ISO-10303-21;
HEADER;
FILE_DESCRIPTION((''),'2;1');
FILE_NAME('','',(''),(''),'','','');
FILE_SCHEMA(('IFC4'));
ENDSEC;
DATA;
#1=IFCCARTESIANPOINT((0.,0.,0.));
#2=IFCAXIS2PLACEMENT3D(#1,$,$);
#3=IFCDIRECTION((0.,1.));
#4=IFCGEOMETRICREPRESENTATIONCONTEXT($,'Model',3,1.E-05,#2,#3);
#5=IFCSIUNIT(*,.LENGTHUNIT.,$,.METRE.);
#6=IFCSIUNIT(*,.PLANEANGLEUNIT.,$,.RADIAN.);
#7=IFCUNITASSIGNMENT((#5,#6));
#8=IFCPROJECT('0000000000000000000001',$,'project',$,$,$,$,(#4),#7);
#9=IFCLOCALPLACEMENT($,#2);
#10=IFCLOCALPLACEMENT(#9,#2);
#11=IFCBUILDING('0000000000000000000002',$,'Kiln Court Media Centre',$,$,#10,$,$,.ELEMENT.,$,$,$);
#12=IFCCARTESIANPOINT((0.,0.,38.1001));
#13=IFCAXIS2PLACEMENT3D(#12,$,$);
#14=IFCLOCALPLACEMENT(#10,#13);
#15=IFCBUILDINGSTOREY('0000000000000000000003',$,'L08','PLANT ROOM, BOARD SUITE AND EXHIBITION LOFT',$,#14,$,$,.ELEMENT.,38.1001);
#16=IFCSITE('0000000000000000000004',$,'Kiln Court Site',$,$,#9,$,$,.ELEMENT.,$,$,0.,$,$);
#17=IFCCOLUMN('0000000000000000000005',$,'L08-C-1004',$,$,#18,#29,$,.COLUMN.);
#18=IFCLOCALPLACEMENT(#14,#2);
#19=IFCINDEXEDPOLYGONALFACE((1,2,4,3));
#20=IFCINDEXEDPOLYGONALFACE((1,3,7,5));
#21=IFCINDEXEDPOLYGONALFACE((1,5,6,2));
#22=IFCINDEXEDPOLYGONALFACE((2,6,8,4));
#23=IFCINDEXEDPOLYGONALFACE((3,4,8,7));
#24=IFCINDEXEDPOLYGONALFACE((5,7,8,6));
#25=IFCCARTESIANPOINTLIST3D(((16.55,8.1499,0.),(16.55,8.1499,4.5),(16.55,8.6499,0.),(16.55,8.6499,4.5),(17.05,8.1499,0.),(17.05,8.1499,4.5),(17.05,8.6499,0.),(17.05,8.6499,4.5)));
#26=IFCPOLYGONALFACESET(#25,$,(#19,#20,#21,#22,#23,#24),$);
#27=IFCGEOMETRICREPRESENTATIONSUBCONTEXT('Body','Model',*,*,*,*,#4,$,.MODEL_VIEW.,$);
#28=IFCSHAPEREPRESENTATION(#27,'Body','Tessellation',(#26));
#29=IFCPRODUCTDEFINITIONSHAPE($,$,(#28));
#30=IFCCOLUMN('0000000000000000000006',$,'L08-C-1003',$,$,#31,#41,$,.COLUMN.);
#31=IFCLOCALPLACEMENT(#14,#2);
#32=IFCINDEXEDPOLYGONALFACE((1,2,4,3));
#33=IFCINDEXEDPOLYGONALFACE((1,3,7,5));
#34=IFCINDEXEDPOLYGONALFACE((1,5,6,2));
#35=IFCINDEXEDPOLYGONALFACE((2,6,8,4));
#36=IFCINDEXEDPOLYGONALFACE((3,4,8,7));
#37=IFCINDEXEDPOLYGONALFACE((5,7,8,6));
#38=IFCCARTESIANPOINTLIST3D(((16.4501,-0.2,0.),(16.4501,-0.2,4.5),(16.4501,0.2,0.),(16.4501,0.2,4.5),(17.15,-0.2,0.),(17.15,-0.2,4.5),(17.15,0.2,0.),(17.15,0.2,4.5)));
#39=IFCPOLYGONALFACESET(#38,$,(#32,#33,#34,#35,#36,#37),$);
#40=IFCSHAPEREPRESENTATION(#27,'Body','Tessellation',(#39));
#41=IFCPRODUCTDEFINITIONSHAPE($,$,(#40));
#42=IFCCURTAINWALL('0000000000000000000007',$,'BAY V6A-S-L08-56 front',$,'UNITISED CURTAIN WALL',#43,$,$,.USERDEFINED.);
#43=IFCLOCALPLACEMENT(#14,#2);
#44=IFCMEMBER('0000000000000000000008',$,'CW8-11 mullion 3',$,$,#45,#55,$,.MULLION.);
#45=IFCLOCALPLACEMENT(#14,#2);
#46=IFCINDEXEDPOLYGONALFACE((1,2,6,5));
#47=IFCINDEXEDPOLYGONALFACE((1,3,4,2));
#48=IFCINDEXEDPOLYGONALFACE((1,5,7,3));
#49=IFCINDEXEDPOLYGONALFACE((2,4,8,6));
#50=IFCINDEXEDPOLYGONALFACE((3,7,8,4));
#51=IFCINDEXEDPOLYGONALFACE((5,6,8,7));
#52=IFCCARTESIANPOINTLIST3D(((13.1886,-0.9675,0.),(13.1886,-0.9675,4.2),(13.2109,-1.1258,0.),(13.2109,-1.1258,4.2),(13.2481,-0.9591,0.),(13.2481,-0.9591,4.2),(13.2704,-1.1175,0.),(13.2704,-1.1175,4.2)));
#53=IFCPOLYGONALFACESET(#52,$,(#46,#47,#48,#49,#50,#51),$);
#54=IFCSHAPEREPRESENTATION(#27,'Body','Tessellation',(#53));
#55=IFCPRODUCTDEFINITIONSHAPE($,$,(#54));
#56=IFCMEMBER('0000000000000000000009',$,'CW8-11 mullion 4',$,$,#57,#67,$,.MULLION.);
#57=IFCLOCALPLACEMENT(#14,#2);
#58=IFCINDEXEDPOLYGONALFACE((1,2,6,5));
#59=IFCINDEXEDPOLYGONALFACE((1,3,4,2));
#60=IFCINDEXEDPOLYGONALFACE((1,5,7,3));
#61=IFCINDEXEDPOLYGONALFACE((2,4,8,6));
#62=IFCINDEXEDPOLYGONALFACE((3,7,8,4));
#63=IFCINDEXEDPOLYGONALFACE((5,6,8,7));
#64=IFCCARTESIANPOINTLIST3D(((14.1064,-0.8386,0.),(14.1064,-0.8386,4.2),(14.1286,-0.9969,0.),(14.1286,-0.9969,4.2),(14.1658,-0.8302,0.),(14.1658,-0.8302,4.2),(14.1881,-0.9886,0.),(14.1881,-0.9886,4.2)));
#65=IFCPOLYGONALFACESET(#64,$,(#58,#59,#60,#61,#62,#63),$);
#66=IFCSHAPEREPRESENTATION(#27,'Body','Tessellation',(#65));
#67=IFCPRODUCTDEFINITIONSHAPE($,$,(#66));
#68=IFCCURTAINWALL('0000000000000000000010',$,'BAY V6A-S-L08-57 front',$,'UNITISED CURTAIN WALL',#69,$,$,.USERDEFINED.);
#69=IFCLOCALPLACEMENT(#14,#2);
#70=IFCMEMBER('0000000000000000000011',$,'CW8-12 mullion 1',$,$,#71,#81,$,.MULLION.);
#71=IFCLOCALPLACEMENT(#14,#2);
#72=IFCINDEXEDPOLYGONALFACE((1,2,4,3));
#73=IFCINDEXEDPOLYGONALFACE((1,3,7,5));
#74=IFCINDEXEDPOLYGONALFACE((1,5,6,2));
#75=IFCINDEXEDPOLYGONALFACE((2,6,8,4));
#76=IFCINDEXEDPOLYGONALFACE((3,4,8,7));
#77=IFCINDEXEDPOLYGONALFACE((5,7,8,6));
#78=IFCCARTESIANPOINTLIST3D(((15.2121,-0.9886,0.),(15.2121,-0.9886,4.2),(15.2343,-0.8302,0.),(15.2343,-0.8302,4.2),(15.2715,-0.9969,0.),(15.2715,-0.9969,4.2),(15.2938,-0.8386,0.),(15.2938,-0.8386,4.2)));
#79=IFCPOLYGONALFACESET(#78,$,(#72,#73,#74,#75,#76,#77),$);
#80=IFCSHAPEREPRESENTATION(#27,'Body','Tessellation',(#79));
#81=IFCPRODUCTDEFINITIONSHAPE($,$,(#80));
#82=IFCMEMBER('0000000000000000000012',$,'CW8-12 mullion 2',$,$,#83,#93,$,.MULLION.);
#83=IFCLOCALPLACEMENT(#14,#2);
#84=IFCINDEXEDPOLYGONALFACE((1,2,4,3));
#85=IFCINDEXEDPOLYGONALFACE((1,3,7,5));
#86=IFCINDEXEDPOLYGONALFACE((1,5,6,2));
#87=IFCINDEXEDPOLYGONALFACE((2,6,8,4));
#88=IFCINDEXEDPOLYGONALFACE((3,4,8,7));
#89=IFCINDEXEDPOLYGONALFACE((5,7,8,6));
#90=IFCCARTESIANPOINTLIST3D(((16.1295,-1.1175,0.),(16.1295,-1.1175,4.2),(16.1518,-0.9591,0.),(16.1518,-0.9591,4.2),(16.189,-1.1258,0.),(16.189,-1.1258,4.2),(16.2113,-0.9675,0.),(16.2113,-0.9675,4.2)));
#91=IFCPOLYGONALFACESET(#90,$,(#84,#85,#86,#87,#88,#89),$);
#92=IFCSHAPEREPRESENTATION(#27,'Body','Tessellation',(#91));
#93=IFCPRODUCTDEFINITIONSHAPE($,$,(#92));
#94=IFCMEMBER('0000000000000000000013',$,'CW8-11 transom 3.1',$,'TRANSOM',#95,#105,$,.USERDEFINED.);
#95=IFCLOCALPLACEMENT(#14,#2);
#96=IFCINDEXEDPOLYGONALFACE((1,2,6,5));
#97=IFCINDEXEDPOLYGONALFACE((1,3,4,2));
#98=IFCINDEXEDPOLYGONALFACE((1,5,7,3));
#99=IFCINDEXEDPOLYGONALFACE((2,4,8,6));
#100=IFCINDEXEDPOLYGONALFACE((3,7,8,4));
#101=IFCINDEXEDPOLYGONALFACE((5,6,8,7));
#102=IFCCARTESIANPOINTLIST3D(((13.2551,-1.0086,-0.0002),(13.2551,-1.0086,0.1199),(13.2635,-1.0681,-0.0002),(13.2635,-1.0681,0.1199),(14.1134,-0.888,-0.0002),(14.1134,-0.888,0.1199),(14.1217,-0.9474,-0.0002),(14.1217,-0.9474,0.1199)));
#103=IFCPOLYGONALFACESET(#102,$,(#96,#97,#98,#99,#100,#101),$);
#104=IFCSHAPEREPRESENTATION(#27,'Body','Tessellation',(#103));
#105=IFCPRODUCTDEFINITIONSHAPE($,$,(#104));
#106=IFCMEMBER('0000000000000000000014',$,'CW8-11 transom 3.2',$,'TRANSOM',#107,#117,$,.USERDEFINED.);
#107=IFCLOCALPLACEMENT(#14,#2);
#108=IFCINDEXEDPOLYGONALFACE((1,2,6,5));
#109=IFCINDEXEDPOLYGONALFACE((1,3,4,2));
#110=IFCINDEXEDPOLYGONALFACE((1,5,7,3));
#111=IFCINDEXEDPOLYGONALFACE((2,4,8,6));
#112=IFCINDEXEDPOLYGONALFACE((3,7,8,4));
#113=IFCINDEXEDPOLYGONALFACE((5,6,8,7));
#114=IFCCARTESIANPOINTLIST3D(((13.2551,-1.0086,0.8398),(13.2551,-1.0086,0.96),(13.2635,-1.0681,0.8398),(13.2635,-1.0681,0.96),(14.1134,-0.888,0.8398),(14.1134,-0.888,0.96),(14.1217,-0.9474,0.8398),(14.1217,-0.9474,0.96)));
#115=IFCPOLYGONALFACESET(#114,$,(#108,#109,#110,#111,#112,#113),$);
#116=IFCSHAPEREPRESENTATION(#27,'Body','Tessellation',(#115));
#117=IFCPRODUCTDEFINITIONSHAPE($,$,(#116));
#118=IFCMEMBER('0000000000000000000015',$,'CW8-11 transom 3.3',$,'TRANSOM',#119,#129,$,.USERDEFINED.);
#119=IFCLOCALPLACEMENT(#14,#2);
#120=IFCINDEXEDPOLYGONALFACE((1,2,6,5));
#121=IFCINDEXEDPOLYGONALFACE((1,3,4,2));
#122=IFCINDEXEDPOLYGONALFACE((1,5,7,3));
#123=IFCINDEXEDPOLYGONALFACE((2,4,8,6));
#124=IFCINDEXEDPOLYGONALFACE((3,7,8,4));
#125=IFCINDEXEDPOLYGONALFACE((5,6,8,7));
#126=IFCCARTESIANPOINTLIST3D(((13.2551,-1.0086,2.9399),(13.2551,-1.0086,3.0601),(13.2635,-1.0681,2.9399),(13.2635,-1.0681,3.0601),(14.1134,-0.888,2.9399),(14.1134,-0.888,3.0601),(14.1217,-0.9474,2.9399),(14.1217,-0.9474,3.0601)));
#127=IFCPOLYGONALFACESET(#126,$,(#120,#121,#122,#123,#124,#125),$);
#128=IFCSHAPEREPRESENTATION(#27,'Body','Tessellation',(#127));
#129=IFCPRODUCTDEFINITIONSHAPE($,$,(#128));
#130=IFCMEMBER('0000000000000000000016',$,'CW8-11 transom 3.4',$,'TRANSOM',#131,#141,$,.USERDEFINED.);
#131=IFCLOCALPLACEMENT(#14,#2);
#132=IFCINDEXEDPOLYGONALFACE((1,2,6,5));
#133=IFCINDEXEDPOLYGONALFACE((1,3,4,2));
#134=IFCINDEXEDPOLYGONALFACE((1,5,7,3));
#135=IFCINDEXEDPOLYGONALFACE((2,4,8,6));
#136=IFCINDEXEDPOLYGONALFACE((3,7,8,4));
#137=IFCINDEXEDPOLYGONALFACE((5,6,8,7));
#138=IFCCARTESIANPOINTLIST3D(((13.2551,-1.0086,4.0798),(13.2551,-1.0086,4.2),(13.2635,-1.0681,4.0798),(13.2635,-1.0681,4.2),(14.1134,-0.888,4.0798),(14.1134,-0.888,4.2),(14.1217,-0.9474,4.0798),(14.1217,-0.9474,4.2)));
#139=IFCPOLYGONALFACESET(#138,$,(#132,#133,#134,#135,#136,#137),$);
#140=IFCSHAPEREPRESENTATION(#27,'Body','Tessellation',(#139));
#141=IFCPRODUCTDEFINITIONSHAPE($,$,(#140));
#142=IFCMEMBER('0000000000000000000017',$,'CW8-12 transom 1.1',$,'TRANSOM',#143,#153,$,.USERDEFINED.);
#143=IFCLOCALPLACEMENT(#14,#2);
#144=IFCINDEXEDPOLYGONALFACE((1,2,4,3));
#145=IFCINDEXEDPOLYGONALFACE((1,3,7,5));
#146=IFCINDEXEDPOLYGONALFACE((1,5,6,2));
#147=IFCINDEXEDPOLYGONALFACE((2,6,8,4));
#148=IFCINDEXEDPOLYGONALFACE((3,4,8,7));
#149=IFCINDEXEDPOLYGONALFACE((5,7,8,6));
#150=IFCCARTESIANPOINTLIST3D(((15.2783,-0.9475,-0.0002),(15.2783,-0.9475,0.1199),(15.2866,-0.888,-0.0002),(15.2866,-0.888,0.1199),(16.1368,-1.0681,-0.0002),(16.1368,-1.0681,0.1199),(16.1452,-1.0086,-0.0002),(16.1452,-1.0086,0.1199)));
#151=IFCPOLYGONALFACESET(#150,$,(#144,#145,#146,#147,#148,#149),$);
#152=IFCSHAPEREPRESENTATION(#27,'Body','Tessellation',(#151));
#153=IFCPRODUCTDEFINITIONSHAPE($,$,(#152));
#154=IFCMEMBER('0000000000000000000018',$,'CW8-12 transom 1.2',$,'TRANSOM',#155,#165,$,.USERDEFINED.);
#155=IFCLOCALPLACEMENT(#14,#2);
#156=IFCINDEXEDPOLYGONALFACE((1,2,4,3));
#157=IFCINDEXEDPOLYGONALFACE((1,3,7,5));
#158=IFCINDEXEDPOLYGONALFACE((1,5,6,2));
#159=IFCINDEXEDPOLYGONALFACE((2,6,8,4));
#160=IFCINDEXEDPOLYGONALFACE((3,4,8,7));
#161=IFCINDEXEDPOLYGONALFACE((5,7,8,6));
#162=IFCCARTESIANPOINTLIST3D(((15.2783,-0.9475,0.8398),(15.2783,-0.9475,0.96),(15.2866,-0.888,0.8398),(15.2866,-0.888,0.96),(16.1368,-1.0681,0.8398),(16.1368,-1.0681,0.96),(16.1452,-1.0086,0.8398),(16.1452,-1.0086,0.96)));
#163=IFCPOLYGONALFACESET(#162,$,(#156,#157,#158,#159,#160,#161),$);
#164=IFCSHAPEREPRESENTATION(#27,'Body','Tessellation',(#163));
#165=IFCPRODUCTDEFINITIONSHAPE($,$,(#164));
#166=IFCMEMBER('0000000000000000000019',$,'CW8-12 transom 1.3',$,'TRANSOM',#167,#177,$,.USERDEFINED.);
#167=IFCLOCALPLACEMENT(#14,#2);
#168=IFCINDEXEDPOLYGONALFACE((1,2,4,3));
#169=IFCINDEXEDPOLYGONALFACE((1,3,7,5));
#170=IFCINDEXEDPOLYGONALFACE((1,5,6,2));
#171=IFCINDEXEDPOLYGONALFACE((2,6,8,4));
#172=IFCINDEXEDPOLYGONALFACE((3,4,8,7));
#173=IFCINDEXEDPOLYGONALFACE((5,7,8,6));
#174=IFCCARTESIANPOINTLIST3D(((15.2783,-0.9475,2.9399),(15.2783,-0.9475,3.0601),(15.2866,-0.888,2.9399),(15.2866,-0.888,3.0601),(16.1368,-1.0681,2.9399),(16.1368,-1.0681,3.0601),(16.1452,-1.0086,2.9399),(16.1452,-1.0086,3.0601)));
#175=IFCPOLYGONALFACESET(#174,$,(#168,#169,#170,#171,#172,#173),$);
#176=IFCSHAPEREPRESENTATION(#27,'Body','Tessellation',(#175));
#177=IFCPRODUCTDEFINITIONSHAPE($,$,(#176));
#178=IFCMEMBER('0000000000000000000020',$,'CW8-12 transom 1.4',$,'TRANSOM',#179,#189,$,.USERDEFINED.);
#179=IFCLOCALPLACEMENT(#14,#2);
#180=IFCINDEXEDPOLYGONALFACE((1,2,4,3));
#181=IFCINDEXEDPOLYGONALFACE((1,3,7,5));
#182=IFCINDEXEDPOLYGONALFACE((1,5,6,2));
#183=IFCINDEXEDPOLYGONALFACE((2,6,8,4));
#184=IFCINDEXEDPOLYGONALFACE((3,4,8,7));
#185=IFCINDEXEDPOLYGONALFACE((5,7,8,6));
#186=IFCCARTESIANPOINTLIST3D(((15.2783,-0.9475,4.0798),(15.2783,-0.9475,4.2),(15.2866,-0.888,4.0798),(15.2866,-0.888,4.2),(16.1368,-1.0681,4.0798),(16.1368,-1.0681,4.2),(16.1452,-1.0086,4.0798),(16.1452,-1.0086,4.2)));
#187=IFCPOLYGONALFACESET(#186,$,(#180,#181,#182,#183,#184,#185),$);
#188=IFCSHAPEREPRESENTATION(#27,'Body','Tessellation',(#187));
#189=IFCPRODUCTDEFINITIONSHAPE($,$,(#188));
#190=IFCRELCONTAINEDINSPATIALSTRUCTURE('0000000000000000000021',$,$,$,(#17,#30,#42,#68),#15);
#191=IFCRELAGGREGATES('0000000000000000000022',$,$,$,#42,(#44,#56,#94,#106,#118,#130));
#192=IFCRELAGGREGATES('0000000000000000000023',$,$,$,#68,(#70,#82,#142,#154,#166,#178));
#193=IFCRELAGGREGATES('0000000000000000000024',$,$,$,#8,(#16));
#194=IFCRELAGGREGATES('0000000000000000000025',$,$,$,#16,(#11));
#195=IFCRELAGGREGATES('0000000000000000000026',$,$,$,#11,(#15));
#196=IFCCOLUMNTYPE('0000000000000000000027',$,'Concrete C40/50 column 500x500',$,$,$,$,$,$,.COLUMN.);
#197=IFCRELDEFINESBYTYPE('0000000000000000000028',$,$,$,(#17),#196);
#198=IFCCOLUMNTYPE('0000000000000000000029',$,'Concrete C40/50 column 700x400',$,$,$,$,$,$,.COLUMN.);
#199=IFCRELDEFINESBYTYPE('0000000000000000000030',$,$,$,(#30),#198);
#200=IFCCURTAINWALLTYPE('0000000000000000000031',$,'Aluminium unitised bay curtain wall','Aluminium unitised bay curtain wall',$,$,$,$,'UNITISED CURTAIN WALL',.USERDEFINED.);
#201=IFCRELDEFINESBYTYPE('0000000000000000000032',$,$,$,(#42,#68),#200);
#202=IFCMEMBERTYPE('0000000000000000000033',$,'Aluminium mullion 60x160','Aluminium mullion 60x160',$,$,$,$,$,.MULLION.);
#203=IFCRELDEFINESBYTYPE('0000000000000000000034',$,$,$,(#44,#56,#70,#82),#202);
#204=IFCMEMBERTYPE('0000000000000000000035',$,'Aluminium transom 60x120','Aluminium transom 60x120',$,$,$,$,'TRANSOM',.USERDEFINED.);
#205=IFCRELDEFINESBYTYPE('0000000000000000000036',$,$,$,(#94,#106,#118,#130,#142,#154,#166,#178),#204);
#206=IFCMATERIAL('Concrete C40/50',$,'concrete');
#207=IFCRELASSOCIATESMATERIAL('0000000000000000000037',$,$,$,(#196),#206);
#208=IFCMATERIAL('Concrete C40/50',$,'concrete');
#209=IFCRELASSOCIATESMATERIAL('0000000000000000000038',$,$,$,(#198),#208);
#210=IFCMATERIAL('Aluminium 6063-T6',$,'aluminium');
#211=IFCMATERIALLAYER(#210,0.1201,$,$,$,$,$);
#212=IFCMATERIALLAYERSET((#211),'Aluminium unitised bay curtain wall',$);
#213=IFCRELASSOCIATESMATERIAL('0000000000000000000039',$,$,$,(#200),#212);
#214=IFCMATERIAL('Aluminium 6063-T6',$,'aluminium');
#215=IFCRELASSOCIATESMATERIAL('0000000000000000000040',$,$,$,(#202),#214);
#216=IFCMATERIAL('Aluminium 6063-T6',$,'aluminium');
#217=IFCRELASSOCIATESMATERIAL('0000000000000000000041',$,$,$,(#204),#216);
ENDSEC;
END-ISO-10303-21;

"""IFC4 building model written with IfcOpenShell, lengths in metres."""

from ifc_helpers import new_model, si_unit, direction, frame, origin, origin_2d, place, context, subcontext, project, spatial, rectangle, extrude, material, layer, layer_set, material_profile, profile_set, type_object, element, aggregate, save


model = new_model("IFC4")

# Units and contexts
model_context = context("Model", 3, precision=1e-05, world=origin(), true_north=direction((0.0, 1.0)))
body_context = subcontext(model_context, "Body", "Model", "MODEL_VIEW")
ifc_project = project(units=[si_unit("LENGTHUNIT", "METRE"), si_unit("PLANEANGLEUNIT", "RADIAN")], contexts=[model_context])

# Site, building, storey
site_placement = place(None, origin())
site = spatial("IfcSite", under=ifc_project, at=site_placement, Name="Kiln Court Site", CompositionType="ELEMENT", RefElevation=0.0)
building_placement = place(site_placement, origin())
building = spatial("IfcBuilding", under=site, at=building_placement, Name="Kiln Court Media Centre", CompositionType="ELEMENT")
storey_placement = place(building_placement, frame((0.0, 0.0, 38.1001)))
storey = spatial("IfcBuildingStorey", under=building, at=storey_placement, Name="L08", Description="PLANT ROOM, BOARD SUITE AND EXHIBITION LOFT", CompositionType="ELEMENT", Elevation=38.1001)

# Columns
ifc_material_1 = material(Name="Concrete C40/50", Category="concrete")
ifc_material_profile_1 = material_profile(ifc_material_1, rectangle(XDim=0.5, YDim=0.5, at=origin_2d()), Name="RC 500x500")
ifc_profile_set_1 = profile_set([ifc_material_profile_1], Name="Concrete C40/50")
column_type_1 = type_object("IfcColumnType", Name="Concrete C40/50 column 500x500", PredefinedType="COLUMN", material=ifc_profile_set_1)
column_1_placement = place(storey_placement, frame((16.8, 8.3999, 0.0), z_axis=(0.0, 0.0, 1.0), x_axis=(1.0, 0.0, 0.0)))
element("IfcColumn", 1, at=column_1_placement, inside=storey, type_object=column_type_1, Name="L08-C-1004", PredefinedType="COLUMN", context=body_context, shape_type="SweptSolid", body=[
    extrude(rectangle(XDim=0.5, YDim=0.5, at=origin_2d()), origin(), (0.0, 0.0, 1.0), 4.5),
])
ifc_material_2 = material(Name="Concrete C40/50", Category="concrete")
ifc_material_profile_2 = material_profile(ifc_material_2, rectangle(XDim=0.7, YDim=0.3999, at=origin_2d()), Name="RC 700x400")
ifc_profile_set_2 = profile_set([ifc_material_profile_2], Name="Concrete C40/50")
column_type_2 = type_object("IfcColumnType", Name="Concrete C40/50 column 700x400", PredefinedType="COLUMN", material=ifc_profile_set_2)
column_2_placement = place(storey_placement, frame((16.8, 0.0, 0.0), z_axis=(0.0, 0.0, 1.0), x_axis=(1.0, 0.0, 0.0)))
element("IfcColumn", 2, at=column_2_placement, inside=storey, type_object=column_type_2, Name="L08-C-1003", PredefinedType="COLUMN", context=body_context, shape_type="SweptSolid", body=[
    extrude(rectangle(XDim=0.7, YDim=0.3999, at=origin_2d()), origin(), (0.0, 0.0, 1.0), 4.5),
])

# Curtain walls, members
ifc_material_3 = material(Name="Aluminium 6063-T6", Category="aluminium")
ifc_layer_1 = layer(ifc_material_3, 0.1201)
ifc_layer_set_1 = layer_set([ifc_layer_1], Name="Aluminium unitised bay curtain wall")
curtain_wall_type = type_object("IfcCurtainWallType", Name="Aluminium unitised bay curtain wall", Description="Aluminium unitised bay curtain wall", ElementType="UNITISED CURTAIN WALL", PredefinedType="USERDEFINED", material=ifc_layer_set_1)
curtain_wall_1_placement = place(storey_placement, origin())
curtain_wall_1 = element("IfcCurtainWall", 3, at=curtain_wall_1_placement, inside=storey, type_object=curtain_wall_type, Name="BAY V6A-S-L08-56 front", ObjectType="UNITISED CURTAIN WALL", PredefinedType="USERDEFINED")
ifc_material_4 = material(Name="Aluminium 6063-T6", Category="aluminium")
ifc_material_profile_3 = material_profile(ifc_material_4, rectangle(XDim=0.0601, YDim=0.1599, at=origin_2d()), Name="Aluminium mullion 60x160")
ifc_profile_set_3 = profile_set([ifc_material_profile_3], Name="Aluminium 6063-T6")
member_type_1 = type_object("IfcMemberType", Name="Aluminium mullion 60x160", Description="Aluminium mullion 60x160", PredefinedType="MULLION", material=ifc_profile_set_3)
member_1_placement = place(storey_placement, frame((13.2295, -1.0425, 0.0), z_axis=(0.0, 0.0, 1.0), x_axis=(0.99027, 0.139162, 0.0)))
member_1 = element("IfcMember", 4, at=member_1_placement, type_object=member_type_1, Name="CW8-11 mullion 3", PredefinedType="MULLION", context=body_context, shape_type="SweptSolid", body=[
    extrude(rectangle(XDim=0.0601, YDim=0.1599, at=origin_2d()), origin(), (0.0, 0.0, 1.0), 4.2),
])
member_2_placement = place(storey_placement, frame((14.1472, -0.9136, 0.0), z_axis=(0.0, 0.0, 1.0), x_axis=(0.99027, 0.139162, 0.0)))
member_2 = element("IfcMember", 5, at=member_2_placement, type_object=member_type_1, Name="CW8-11 mullion 4", PredefinedType="MULLION", context=body_context, shape_type="SweptSolid", body=[
    extrude(rectangle(XDim=0.0601, YDim=0.1599, at=origin_2d()), origin(), (0.0, 0.0, 1.0), 4.2),
])
curtain_wall_2_placement = place(storey_placement, origin())
curtain_wall_2 = element("IfcCurtainWall", 6, at=curtain_wall_2_placement, inside=storey, type_object=curtain_wall_type, Name="BAY V6A-S-L08-57 front", ObjectType="UNITISED CURTAIN WALL", PredefinedType="USERDEFINED")
member_3_placement = place(storey_placement, frame((15.2529, -0.9136, 0.0), z_axis=(0.0, 0.0, 1.0), x_axis=(0.99027, -0.139162, 0.0)))
member_3 = element("IfcMember", 7, at=member_3_placement, type_object=member_type_1, Name="CW8-12 mullion 1", PredefinedType="MULLION", context=body_context, shape_type="SweptSolid", body=[
    extrude(rectangle(XDim=0.0601, YDim=0.1599, at=origin_2d()), origin(), (0.0, 0.0, 1.0), 4.2),
])
member_4_placement = place(storey_placement, frame((16.1704, -1.0425, 0.0), z_axis=(0.0, 0.0, 1.0), x_axis=(0.99027, -0.139162, 0.0)))
member_4 = element("IfcMember", 8, at=member_4_placement, type_object=member_type_1, Name="CW8-12 mullion 2", PredefinedType="MULLION", context=body_context, shape_type="SweptSolid", body=[
    extrude(rectangle(XDim=0.0601, YDim=0.1599, at=origin_2d()), origin(), (0.0, 0.0, 1.0), 4.2),
])

# Members
ifc_material_5 = material(Name="Aluminium 6063-T6", Category="aluminium")
ifc_material_profile_4 = material_profile(ifc_material_5, rectangle(XDim=0.0601, YDim=0.1201, at=origin_2d()), Name="Aluminium transom 60x120")
ifc_profile_set_4 = profile_set([ifc_material_profile_4], Name="Aluminium 6063-T6")
member_type_2 = type_object("IfcMemberType", Name="Aluminium transom 60x120", Description="Aluminium transom 60x120", ElementType="TRANSOM", PredefinedType="USERDEFINED", material=ifc_profile_set_4)
member_5_placement = place(storey_placement, frame((13.2593, -1.0383, 0.0598), z_axis=(0.990268, 0.139173, 0.0), x_axis=(-0.139173, 0.990268, 0.0)))
member_5 = element("IfcMember", 9, at=member_5_placement, type_object=member_type_2, Name="CW8-11 transom 3.1", ObjectType="TRANSOM", PredefinedType="USERDEFINED", context=body_context, shape_type="SweptSolid", body=[
    extrude(rectangle(XDim=0.0601, YDim=0.1201, at=origin_2d()), origin(), (0.0, 0.0, 1.0), 0.8667),
])
member_6_placement = place(storey_placement, frame((13.2593, -1.0383, 0.8999), z_axis=(0.990268, 0.139173, 0.0), x_axis=(-0.139173, 0.990268, 0.0)))
member_6 = element("IfcMember", 10, at=member_6_placement, type_object=member_type_2, Name="CW8-11 transom 3.2", ObjectType="TRANSOM", PredefinedType="USERDEFINED", context=body_context, shape_type="SweptSolid", body=[
    extrude(rectangle(XDim=0.0601, YDim=0.1201, at=origin_2d()), origin(), (0.0, 0.0, 1.0), 0.8667),
])
member_7_placement = place(storey_placement, frame((13.2593, -1.0383, 3.0), z_axis=(0.990268, 0.139173, 0.0), x_axis=(-0.139173, 0.990268, 0.0)))
member_7 = element("IfcMember", 11, at=member_7_placement, type_object=member_type_2, Name="CW8-11 transom 3.3", ObjectType="TRANSOM", PredefinedType="USERDEFINED", context=body_context, shape_type="SweptSolid", body=[
    extrude(rectangle(XDim=0.0601, YDim=0.1201, at=origin_2d()), origin(), (0.0, 0.0, 1.0), 0.8667),
])
member_8_placement = place(storey_placement, frame((13.2593, -1.0383, 4.1399), z_axis=(0.990268, 0.139173, 0.0), x_axis=(-0.139173, 0.990268, 0.0)))
member_8 = element("IfcMember", 12, at=member_8_placement, type_object=member_type_2, Name="CW8-11 transom 3.4", ObjectType="TRANSOM", PredefinedType="USERDEFINED", context=body_context, shape_type="SweptSolid", body=[
    extrude(rectangle(XDim=0.0601, YDim=0.1201, at=origin_2d()), origin(), (0.0, 0.0, 1.0), 0.8667),
])
member_9_placement = place(storey_placement, frame((15.2825, -0.9177, 0.0598), z_axis=(0.990274, -0.139134, 0.0), x_axis=(0.139134, 0.990274, 0.0)))
member_9 = element("IfcMember", 13, at=member_9_placement, type_object=member_type_2, Name="CW8-12 transom 1.1", ObjectType="TRANSOM", PredefinedType="USERDEFINED", context=body_context, shape_type="SweptSolid", body=[
    extrude(rectangle(XDim=0.0601, YDim=0.1201, at=origin_2d()), origin(), (0.0, 0.0, 1.0), 0.8669),
])
member_10_placement = place(storey_placement, frame((15.2825, -0.9177, 0.8999), z_axis=(0.990274, -0.139134, 0.0), x_axis=(0.139134, 0.990274, 0.0)))
member_10 = element("IfcMember", 14, at=member_10_placement, type_object=member_type_2, Name="CW8-12 transom 1.2", ObjectType="TRANSOM", PredefinedType="USERDEFINED", context=body_context, shape_type="SweptSolid", body=[
    extrude(rectangle(XDim=0.0601, YDim=0.1201, at=origin_2d()), origin(), (0.0, 0.0, 1.0), 0.8669),
])
member_11_placement = place(storey_placement, frame((15.2825, -0.9177, 3.0), z_axis=(0.990274, -0.139134, 0.0), x_axis=(0.139134, 0.990274, 0.0)))
member_11 = element("IfcMember", 15, at=member_11_placement, type_object=member_type_2, Name="CW8-12 transom 1.3", ObjectType="TRANSOM", PredefinedType="USERDEFINED", context=body_context, shape_type="SweptSolid", body=[
    extrude(rectangle(XDim=0.0601, YDim=0.1201, at=origin_2d()), origin(), (0.0, 0.0, 1.0), 0.8669),
])
member_12_placement = place(storey_placement, frame((15.2825, -0.9177, 4.1399), z_axis=(0.990274, -0.139134, 0.0), x_axis=(0.139134, 0.990274, 0.0)))
member_12 = element("IfcMember", 16, at=member_12_placement, type_object=member_type_2, Name="CW8-12 transom 1.4", ObjectType="TRANSOM", PredefinedType="USERDEFINED", context=body_context, shape_type="SweptSolid", body=[
    extrude(rectangle(XDim=0.0601, YDim=0.1201, at=origin_2d()), origin(), (0.0, 0.0, 1.0), 0.8669),
])

aggregate(curtain_wall_1, [member_1, member_2, member_5, member_6, member_7, member_8])
aggregate(curtain_wall_2, [member_3, member_4, member_9, member_10, member_11, member_12])

save(model, "model.ifc")
